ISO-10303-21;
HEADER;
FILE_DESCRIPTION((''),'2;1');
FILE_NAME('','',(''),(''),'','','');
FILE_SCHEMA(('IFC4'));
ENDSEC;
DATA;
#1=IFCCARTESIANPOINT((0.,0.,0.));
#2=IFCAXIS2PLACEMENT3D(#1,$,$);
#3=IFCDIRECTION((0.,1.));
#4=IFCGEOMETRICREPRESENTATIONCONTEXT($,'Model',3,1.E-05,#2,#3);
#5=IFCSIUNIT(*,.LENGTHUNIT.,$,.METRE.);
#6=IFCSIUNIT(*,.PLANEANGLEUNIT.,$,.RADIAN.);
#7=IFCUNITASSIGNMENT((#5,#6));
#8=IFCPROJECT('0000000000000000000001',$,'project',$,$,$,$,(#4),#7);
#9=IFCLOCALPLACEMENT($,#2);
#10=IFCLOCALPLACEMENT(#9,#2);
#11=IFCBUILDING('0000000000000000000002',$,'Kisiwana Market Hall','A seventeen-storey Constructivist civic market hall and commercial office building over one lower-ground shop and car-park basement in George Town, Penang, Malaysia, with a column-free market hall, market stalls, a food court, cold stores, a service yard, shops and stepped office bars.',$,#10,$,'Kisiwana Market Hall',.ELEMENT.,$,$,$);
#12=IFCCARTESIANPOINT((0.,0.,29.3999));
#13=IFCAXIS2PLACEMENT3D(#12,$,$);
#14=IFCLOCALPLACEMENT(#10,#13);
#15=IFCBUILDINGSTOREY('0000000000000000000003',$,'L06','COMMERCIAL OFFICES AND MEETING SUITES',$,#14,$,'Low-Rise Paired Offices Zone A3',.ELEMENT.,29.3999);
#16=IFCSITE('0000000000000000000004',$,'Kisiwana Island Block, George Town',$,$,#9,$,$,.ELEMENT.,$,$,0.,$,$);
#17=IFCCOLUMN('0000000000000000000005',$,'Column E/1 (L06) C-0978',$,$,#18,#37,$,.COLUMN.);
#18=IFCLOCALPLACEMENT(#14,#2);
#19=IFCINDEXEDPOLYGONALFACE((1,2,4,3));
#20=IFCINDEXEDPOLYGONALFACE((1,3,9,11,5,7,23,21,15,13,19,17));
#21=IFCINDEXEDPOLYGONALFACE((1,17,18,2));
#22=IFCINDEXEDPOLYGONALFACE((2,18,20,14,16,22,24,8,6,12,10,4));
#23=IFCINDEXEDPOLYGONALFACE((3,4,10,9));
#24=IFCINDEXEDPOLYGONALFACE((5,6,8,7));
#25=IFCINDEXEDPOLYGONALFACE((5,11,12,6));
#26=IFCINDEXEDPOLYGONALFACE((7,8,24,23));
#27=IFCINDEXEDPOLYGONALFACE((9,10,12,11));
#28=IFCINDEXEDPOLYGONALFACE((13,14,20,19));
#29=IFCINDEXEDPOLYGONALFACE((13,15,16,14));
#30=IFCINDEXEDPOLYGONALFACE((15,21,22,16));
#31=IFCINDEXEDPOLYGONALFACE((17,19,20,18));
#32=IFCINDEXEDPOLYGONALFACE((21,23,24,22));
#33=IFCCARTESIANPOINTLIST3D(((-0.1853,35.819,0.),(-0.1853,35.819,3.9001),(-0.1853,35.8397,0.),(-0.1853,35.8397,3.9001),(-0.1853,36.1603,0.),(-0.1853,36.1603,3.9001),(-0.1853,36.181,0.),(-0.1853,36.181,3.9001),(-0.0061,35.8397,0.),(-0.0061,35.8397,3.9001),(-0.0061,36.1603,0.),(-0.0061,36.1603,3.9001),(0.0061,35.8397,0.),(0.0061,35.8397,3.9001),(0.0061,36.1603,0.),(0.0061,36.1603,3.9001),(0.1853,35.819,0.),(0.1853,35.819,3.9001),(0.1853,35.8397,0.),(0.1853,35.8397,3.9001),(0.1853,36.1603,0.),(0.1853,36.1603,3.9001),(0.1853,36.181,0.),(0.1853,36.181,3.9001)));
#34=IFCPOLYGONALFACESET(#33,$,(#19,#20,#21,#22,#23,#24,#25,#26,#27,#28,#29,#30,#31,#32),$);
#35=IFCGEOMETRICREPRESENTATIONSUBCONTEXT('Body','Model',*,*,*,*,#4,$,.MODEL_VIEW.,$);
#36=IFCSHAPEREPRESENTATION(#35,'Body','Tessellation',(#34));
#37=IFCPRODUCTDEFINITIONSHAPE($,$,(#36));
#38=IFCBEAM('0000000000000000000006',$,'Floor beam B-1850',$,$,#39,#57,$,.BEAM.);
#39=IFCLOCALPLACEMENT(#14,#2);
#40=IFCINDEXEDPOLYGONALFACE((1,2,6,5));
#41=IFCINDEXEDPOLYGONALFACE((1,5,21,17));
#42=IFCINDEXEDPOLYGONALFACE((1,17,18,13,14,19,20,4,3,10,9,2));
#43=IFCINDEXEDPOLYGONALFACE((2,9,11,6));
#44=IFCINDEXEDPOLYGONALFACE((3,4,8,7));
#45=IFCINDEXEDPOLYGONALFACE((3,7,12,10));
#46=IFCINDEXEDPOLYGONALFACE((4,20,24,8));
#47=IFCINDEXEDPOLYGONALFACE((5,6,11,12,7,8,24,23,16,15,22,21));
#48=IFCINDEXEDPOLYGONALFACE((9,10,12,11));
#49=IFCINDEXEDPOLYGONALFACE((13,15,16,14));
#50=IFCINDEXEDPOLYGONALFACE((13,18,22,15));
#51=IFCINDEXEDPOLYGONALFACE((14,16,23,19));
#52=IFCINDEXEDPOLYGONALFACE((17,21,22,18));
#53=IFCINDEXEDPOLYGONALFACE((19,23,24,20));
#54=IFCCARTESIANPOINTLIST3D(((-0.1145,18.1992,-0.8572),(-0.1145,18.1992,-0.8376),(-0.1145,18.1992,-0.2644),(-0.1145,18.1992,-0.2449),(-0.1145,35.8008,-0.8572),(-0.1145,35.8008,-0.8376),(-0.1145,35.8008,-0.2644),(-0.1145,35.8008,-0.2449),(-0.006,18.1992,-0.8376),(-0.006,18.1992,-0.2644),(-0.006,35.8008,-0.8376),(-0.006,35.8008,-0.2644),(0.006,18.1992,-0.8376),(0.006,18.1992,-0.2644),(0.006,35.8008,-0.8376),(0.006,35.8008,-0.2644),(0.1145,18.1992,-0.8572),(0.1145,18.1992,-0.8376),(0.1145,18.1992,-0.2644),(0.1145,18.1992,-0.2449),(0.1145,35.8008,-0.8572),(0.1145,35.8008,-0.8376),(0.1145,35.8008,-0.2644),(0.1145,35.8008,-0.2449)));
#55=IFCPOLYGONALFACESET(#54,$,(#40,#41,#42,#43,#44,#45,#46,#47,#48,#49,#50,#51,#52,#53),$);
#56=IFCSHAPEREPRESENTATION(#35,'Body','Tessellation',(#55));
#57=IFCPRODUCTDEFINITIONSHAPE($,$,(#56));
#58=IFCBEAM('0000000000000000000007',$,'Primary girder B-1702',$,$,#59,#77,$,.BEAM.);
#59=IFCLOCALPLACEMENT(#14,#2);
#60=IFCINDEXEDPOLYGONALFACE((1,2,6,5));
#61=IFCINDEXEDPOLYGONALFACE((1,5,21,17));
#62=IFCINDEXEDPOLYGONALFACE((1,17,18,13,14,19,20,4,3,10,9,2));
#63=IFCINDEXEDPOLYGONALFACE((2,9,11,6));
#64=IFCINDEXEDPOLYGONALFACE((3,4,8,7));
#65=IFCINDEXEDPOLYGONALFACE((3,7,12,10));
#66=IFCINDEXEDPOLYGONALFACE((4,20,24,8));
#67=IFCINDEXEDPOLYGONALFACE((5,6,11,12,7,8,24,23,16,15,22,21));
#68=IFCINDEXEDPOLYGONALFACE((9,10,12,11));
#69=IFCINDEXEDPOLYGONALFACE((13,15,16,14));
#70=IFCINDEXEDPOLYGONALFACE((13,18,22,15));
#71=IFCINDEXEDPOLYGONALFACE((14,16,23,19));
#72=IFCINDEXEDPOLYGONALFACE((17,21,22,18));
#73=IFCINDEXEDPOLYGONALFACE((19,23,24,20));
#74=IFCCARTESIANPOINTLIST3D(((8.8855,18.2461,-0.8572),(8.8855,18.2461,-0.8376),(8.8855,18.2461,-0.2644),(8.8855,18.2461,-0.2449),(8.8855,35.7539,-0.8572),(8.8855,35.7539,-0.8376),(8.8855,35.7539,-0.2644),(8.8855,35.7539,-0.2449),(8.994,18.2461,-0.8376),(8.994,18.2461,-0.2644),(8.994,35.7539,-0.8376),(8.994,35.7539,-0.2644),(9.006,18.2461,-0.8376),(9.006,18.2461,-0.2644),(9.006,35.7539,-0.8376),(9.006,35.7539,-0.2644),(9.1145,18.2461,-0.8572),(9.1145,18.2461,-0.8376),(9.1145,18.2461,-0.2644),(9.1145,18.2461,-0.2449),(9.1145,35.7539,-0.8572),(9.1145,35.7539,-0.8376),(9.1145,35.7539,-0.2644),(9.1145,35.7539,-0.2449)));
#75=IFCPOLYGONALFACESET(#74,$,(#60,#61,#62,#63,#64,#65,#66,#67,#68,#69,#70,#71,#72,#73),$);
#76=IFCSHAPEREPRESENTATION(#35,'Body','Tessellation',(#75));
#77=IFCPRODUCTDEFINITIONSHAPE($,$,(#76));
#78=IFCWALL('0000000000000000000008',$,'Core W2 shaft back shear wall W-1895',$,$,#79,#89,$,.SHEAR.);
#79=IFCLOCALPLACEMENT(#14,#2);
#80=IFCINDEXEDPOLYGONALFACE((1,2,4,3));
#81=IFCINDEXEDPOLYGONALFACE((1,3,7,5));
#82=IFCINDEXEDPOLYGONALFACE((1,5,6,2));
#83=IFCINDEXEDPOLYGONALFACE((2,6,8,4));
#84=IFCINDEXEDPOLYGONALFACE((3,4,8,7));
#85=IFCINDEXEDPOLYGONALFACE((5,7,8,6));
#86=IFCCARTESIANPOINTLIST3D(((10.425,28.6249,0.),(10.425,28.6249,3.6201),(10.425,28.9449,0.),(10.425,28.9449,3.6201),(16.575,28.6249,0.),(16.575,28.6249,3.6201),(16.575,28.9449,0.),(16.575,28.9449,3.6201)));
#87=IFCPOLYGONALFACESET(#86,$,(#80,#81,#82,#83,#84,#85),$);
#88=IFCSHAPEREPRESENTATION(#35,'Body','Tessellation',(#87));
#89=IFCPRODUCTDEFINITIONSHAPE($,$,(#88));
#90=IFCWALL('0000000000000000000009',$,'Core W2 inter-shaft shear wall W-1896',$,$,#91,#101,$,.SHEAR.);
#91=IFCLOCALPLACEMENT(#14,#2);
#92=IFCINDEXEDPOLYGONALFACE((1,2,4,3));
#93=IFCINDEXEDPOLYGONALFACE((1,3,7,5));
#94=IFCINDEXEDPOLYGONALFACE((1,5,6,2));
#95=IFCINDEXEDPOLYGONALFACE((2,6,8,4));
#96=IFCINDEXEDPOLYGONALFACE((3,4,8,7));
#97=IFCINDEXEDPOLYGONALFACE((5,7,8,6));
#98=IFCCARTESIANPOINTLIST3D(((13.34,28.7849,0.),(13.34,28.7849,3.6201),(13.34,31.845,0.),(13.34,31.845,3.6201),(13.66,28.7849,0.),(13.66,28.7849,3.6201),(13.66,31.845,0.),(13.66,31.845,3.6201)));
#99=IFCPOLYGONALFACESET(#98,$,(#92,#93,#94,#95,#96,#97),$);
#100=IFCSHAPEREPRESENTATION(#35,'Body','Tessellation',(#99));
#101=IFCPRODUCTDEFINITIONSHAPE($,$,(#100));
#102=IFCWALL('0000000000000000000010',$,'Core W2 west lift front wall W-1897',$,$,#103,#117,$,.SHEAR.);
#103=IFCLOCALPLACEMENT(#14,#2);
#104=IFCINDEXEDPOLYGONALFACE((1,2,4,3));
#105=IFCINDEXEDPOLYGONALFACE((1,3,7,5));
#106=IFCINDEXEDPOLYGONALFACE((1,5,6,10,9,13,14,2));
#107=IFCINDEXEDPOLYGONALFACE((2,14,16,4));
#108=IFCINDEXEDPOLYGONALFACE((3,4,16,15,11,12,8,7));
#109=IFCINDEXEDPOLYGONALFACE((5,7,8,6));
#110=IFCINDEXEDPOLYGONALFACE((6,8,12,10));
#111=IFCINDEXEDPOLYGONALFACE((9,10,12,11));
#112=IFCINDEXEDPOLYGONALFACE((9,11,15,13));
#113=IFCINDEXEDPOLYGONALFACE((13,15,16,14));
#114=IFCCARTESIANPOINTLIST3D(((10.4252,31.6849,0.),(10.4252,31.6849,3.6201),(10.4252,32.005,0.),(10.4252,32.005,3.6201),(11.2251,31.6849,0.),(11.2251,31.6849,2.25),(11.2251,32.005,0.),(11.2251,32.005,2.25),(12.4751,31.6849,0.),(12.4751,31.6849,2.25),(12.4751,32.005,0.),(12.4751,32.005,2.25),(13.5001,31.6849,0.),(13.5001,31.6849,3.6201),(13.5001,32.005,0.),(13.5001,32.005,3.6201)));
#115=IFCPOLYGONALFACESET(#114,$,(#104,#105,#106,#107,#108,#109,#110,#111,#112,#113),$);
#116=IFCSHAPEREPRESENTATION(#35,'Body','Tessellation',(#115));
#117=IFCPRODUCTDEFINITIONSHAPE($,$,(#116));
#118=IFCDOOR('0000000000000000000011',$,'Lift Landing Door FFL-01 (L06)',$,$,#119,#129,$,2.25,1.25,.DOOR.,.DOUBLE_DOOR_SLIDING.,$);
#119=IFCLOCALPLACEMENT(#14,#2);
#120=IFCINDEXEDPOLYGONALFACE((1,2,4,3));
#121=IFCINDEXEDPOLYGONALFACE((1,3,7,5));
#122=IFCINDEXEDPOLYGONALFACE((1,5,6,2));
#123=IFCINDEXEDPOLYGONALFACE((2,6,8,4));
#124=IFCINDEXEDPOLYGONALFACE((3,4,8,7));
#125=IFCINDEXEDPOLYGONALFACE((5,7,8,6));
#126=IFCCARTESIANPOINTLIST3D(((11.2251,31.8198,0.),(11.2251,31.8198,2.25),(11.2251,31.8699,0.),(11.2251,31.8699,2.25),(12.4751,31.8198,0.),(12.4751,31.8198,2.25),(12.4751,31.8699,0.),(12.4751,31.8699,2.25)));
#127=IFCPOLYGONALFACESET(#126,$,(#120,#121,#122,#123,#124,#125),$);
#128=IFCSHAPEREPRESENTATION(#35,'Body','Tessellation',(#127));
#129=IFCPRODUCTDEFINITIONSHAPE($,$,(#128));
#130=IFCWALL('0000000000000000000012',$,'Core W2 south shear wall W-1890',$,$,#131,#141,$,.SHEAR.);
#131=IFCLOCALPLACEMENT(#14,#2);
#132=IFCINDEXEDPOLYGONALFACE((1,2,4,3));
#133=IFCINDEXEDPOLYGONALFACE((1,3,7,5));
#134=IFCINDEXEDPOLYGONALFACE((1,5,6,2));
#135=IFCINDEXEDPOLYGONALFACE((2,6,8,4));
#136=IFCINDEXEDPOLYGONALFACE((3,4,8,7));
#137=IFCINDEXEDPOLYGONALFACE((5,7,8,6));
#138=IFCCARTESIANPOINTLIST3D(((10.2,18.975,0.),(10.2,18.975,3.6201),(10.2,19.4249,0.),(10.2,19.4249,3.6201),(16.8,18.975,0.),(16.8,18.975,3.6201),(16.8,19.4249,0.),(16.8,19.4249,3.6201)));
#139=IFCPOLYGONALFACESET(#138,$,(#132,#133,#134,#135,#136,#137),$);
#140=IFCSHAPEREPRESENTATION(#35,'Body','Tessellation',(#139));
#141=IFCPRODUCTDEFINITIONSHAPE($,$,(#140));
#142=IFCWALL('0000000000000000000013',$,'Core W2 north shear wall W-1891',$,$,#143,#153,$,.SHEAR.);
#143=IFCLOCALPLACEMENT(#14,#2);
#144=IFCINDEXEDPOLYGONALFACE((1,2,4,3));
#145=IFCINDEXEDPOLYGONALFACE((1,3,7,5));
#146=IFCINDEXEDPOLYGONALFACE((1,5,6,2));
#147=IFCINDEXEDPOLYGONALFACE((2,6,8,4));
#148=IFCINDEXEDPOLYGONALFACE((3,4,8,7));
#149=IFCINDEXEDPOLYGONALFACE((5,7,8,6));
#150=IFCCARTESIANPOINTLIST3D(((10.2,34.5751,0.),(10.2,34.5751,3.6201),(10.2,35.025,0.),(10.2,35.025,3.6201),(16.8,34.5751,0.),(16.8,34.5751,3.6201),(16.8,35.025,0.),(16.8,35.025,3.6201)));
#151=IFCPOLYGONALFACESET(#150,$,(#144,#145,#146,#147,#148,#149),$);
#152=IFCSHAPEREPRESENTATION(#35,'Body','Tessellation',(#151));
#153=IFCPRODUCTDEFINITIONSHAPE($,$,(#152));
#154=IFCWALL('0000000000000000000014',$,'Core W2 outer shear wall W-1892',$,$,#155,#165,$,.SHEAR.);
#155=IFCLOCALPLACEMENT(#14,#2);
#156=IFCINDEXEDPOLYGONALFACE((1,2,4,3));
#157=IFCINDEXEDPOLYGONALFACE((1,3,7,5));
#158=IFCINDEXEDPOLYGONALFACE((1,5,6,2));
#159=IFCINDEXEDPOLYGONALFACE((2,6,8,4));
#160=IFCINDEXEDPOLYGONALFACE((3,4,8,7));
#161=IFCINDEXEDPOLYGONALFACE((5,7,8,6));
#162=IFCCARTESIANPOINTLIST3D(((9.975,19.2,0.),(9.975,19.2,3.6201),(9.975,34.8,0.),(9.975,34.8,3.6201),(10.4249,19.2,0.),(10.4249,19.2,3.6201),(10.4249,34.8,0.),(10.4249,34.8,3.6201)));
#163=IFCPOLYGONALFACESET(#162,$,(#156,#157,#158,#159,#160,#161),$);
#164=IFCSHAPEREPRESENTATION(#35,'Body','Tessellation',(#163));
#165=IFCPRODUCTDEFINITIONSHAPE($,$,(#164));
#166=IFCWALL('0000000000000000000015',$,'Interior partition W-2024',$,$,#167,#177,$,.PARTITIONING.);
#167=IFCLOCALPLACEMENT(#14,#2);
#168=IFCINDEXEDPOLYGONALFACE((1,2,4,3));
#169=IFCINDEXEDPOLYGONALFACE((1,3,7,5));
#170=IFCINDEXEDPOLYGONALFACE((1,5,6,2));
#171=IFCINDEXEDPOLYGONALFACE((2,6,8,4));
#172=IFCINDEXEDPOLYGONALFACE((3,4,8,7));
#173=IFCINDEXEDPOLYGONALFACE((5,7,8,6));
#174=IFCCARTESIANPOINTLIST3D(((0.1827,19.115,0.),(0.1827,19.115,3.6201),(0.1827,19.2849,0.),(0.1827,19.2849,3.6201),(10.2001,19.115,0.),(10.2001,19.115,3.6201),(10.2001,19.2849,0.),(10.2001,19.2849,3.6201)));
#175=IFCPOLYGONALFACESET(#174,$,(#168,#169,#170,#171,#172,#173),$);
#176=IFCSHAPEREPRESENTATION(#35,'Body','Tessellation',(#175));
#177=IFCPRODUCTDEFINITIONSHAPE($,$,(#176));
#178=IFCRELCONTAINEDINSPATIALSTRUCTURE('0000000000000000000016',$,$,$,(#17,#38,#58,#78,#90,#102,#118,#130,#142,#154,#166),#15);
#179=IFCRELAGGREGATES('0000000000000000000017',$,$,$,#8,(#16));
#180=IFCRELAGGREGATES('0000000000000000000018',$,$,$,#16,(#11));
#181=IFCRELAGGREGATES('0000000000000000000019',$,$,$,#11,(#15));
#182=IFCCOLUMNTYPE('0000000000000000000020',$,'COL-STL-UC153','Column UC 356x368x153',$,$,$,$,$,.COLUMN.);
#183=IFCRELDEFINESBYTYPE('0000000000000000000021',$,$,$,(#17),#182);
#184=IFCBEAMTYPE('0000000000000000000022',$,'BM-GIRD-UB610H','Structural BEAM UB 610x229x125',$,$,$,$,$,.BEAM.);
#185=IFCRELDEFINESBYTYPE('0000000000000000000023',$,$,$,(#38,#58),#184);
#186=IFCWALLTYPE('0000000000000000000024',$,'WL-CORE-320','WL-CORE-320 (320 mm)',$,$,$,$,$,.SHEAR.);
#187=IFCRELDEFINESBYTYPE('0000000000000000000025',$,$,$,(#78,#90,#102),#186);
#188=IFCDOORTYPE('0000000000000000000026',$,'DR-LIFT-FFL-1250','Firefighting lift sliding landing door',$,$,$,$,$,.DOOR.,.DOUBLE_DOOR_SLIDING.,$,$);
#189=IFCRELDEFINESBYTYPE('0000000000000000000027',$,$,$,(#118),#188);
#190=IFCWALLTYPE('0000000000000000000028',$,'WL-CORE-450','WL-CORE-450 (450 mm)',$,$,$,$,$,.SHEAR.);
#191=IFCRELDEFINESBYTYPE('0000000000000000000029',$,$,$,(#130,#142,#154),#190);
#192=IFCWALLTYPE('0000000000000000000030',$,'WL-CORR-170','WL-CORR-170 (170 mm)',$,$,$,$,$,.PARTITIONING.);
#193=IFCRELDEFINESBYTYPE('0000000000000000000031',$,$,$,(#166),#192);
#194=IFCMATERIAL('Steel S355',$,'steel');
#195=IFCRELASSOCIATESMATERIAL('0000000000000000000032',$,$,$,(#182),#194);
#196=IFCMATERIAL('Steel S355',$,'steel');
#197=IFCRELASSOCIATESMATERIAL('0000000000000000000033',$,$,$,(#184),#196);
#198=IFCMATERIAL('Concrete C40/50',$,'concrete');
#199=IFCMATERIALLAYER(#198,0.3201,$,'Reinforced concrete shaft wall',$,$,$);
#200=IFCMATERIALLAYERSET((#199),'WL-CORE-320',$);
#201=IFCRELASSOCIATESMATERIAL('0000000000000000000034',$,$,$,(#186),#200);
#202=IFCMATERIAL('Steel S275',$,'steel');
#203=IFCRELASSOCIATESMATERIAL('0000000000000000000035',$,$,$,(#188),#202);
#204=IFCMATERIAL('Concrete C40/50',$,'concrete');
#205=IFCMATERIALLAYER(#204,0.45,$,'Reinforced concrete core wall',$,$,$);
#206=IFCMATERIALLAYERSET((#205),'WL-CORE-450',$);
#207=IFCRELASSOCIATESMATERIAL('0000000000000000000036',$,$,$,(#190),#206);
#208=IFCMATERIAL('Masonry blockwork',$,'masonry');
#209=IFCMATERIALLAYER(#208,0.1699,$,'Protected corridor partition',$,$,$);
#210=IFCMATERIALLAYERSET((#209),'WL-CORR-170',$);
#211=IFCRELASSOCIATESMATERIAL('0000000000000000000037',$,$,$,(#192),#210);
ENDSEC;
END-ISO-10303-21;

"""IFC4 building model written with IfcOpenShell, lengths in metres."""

from ifc_helpers import new_model, si_unit, direction, frame, frame_2d, origin, origin_2d, place, context, subcontext, project, spatial, rectangle, i_section, extrude, material, layer, layer_set, material_profile, profile_set, type_object, element, fill, save


model = new_model("IFC4")

# Units and contexts
model_context = context("Model", 3, precision=1e-05, world=origin(), true_north=direction((0.0, 1.0)))
body_context = subcontext(model_context, "Body", "Model", "MODEL_VIEW")
ifc_project = project(units=[si_unit("LENGTHUNIT", "METRE"), si_unit("PLANEANGLEUNIT", "RADIAN")], contexts=[model_context])

# Site, building, storey
site_placement = place(None, origin())
site = spatial("IfcSite", under=ifc_project, at=site_placement, Name="Kisiwana Island Block, George Town", CompositionType="ELEMENT", RefElevation=0.0)
building_placement = place(site_placement, origin())
building = spatial("IfcBuilding", under=site, at=building_placement, Name="Kisiwana Market Hall", Description="A seventeen-storey Constructivist civic market hall and commercial office building over one lower-ground shop and car-park basement in George Town, Penang, Malaysia, with a column-free market hall, market stalls, a food court, cold stores, a service yard, shops and stepped office bars.", LongName="Kisiwana Market Hall", CompositionType="ELEMENT")
storey_placement = place(building_placement, frame((0.0, 0.0, 29.3999)))
storey = spatial("IfcBuildingStorey", under=building, at=storey_placement, Name="L06", Description="COMMERCIAL OFFICES AND MEETING SUITES", LongName="Low-Rise Paired Offices Zone A3", CompositionType="ELEMENT", Elevation=29.3999)

# Column
ifc_material_1 = material(Name="Steel S355", Category="steel")
ifc_material_profile_1 = material_profile(ifc_material_1, i_section(OverallWidth=0.3706, OverallDepth=0.3621, WebThickness=0.0122, FlangeThickness=0.0208, at=origin_2d()), Name="UC 356x368x153")
ifc_profile_set_1 = profile_set([ifc_material_profile_1], Name="Steel S355")
column_type = type_object("IfcColumnType", Name="COL-STL-UC153", Description="Column UC 356x368x153", PredefinedType="COLUMN", material=ifc_profile_set_1)
column_placement = place(storey_placement, frame((0.0, 36.0, 0.0), z_axis=(0.0, 0.0, 1.0), x_axis=(1.0, 0.0, 0.0)))
element("IfcColumn", 1, at=column_placement, inside=storey, type_object=column_type, Name="Column E/1 (L06) C-0978", PredefinedType="COLUMN", context=body_context, shape_type="SweptSolid", body=[
    extrude(i_section(OverallWidth=0.3706, OverallDepth=0.3621, WebThickness=0.0122, FlangeThickness=0.0208, at=origin_2d()), origin(), (0.0, 0.0, 1.0), 3.9001),
])

# Beams
ifc_material_2 = material(Name="Steel S355", Category="steel")
ifc_material_profile_2 = material_profile(ifc_material_2, i_section(OverallWidth=0.229, OverallDepth=0.6123, WebThickness=0.012, FlangeThickness=0.0195, at=origin_2d()), Name="UB 610x229x125")
ifc_profile_set_2 = profile_set([ifc_material_profile_2], Name="Steel S355")
beam_type = type_object("IfcBeamType", Name="BM-GIRD-UB610H", Description="Structural BEAM UB 610x229x125", PredefinedType="BEAM", material=ifc_profile_set_2)
beam_1_placement = place(storey_placement, frame((0.0, 18.1992, -0.551), z_axis=(0.0, 1.0, 0.0), x_axis=(-1.0, 0.0, 0.0)))
element("IfcBeam", 2, at=beam_1_placement, inside=storey, type_object=beam_type, Name="Floor beam B-1850", PredefinedType="BEAM", context=body_context, shape_type="SweptSolid", body=[
    extrude(i_section(OverallWidth=0.229, OverallDepth=0.6123, WebThickness=0.012, FlangeThickness=0.0195, at=origin_2d()), origin(), (0.0, 0.0, 1.0), 17.6016),
])
beam_2_placement = place(storey_placement, frame((9.0, 18.2461, -0.551), z_axis=(0.0, 1.0, 0.0), x_axis=(-1.0, 0.0, 0.0)))
element("IfcBeam", 3, at=beam_2_placement, inside=storey, type_object=beam_type, Name="Primary girder B-1702", PredefinedType="BEAM", context=body_context, shape_type="SweptSolid", body=[
    extrude(i_section(OverallWidth=0.229, OverallDepth=0.6123, WebThickness=0.012, FlangeThickness=0.0195, at=origin_2d()), origin(), (0.0, 0.0, 1.0), 17.5078),
])

# Walls
ifc_material_3 = material(Name="Concrete C40/50", Category="concrete")
ifc_layer_1 = layer(ifc_material_3, 0.3201, Name="Reinforced concrete shaft wall")
ifc_layer_set_1 = layer_set([ifc_layer_1], Name="WL-CORE-320")
wall_type_1 = type_object("IfcWallType", Name="WL-CORE-320", Description="WL-CORE-320 (320 mm)", PredefinedType="SHEAR", material=ifc_layer_set_1)
wall_1_placement = place(storey_placement, frame((10.425, 28.7849, 0.0), z_axis=(0.0, 0.0, 1.0), x_axis=(1.0, 0.0, 0.0)))
element("IfcWall", 4, at=wall_1_placement, inside=storey, type_object=wall_type_1, Name="Core W2 shaft back shear wall W-1895", PredefinedType="SHEAR", context=body_context, shape_type="SweptSolid", body=[
    extrude(rectangle(XDim=6.1499, YDim=0.3201, at=frame_2d((3.075, 0.0))), origin(), (0.0, 0.0, 1.0), 3.6201),
])
wall_2_placement = place(storey_placement, frame((13.5, 28.7849, 0.0), z_axis=(0.0, 0.0, 1.0), x_axis=(0.0, 1.0, 0.0)))
element("IfcWall", 5, at=wall_2_placement, inside=storey, type_object=wall_type_1, Name="Core W2 inter-shaft shear wall W-1896", PredefinedType="SHEAR", context=body_context, shape_type="SweptSolid", body=[
    extrude(rectangle(XDim=3.0601, YDim=0.3201, at=frame_2d((1.53, 0.0))), origin(), (0.0, 0.0, 1.0), 3.6201),
])

# Wall, opening, door
wall_3_placement = place(storey_placement, frame((10.425, 31.845, 0.0), z_axis=(0.0, 0.0, 1.0), x_axis=(1.0, 0.0, 0.0)))
wall_3 = element("IfcWall", 6, at=wall_3_placement, inside=storey, type_object=wall_type_1, Name="Core W2 west lift front wall W-1897", PredefinedType="SHEAR", context=body_context, shape_type="SweptSolid", body=[
    extrude(rectangle(XDim=3.075, YDim=0.3201, at=frame_2d((1.5376, 0.0))), origin(), (0.0, 0.0, 1.0), 3.6201),
])
opening_1_placement = place(wall_3_placement, frame((0.8, 0.0, 0.0)))
opening_1 = element("IfcOpeningElement", 7, at=opening_1_placement, cuts=wall_3, PredefinedType="OPENING", context=body_context, shape_type="SweptSolid", body=[
    extrude(rectangle(XDim=1.25, YDim=2.25, at=frame_2d((0.625, 1.125))), frame((0.0, 0.1719, 0.0), z_axis=(0.0, -1.0, 0.0), x_axis=(1.0, 0.0, 0.0)), (0.0, 0.0, 1.0), 0.344),
])
ifc_material_4 = material(Name="Steel S275", Category="steel")
door_type = type_object("IfcDoorType", Name="DR-LIFT-FFL-1250", Description="Firefighting lift sliding landing door", OperationType="DOUBLE_DOOR_SLIDING", PredefinedType="DOOR", material=ifc_material_4)
door_placement = place(opening_1_placement, origin())
door = element("IfcDoor", 8, at=door_placement, inside=storey, type_object=door_type, Name="Lift Landing Door FFL-01 (L06)", OperationType="DOUBLE_DOOR_SLIDING", OverallHeight=2.25, OverallWidth=1.25, PredefinedType="DOOR", context=body_context, shape_type="SweptSolid", body=[
    extrude(rectangle(XDim=1.25, YDim=2.25, at=frame_2d((0.625, 1.125))), frame((0.0, 0.0249, 0.0), z_axis=(0.0, -1.0, 0.0), x_axis=(1.0, 0.0, 0.0)), (0.0, 0.0, 1.0), 0.05),
])
fill(opening_1, door)

# Walls
ifc_material_5 = material(Name="Concrete C40/50", Category="concrete")
ifc_layer_2 = layer(ifc_material_5, 0.45, Name="Reinforced concrete core wall")
ifc_layer_set_2 = layer_set([ifc_layer_2], Name="WL-CORE-450")
wall_type_2 = type_object("IfcWallType", Name="WL-CORE-450", Description="WL-CORE-450 (450 mm)", PredefinedType="SHEAR", material=ifc_layer_set_2)
for number, where, z_axis, x_axis, name in (
    (9, (10.2, 19.2, 0.0), (0.0, 0.0, 1.0), (1.0, 0.0, 0.0), "Core W2 south shear wall W-1890"),
    (10, (10.2, 34.8, 0.0), (0.0, 0.0, 1.0), (1.0, 0.0, 0.0), "Core W2 north shear wall W-1891"),
):
    element("IfcWall", number, at=place(storey_placement, frame(where, z_axis=z_axis, x_axis=x_axis)), inside=storey, type_object=wall_type_2, Name=name, PredefinedType="SHEAR", context=body_context, shape_type="SweptSolid", body=[
        extrude(rectangle(XDim=6.6001, YDim=0.45, at=frame_2d((3.3, 0.0))), origin(), (0.0, 0.0, 1.0), 3.6201),
    ])
wall_4_placement = place(storey_placement, frame((10.2, 19.2, 0.0), z_axis=(0.0, 0.0, 1.0), x_axis=(0.0, 1.0, 0.0)))
element("IfcWall", 11, at=wall_4_placement, inside=storey, type_object=wall_type_2, Name="Core W2 outer shear wall W-1892", PredefinedType="SHEAR", context=body_context, shape_type="SweptSolid", body=[
    extrude(rectangle(XDim=15.6001, YDim=0.45, at=frame_2d((7.8, 0.0))), origin(), (0.0, 0.0, 1.0), 3.6201),
])
ifc_material_6 = material(Name="Masonry blockwork", Category="masonry")
ifc_layer_3 = layer(ifc_material_6, 0.1699, Name="Protected corridor partition")
ifc_layer_set_3 = layer_set([ifc_layer_3], Name="WL-CORR-170")
wall_type_3 = type_object("IfcWallType", Name="WL-CORR-170", Description="WL-CORR-170 (170 mm)", PredefinedType="PARTITIONING", material=ifc_layer_set_3)
wall_5_placement = place(storey_placement, frame((0.1826, 19.2, 0.0), z_axis=(0.0, 0.0, 1.0), x_axis=(1.0, 0.0, 0.0)))
element("IfcWall", 12, at=wall_5_placement, inside=storey, type_object=wall_type_3, Name="Interior partition W-2024", PredefinedType="PARTITIONING", context=body_context, shape_type="SweptSolid", body=[
    extrude(rectangle(XDim=10.0173, YDim=0.1699, at=frame_2d((5.0088, 0.0))), origin(), (0.0, 0.0, 1.0), 3.6201),
])

save(model, "model.ifc")
